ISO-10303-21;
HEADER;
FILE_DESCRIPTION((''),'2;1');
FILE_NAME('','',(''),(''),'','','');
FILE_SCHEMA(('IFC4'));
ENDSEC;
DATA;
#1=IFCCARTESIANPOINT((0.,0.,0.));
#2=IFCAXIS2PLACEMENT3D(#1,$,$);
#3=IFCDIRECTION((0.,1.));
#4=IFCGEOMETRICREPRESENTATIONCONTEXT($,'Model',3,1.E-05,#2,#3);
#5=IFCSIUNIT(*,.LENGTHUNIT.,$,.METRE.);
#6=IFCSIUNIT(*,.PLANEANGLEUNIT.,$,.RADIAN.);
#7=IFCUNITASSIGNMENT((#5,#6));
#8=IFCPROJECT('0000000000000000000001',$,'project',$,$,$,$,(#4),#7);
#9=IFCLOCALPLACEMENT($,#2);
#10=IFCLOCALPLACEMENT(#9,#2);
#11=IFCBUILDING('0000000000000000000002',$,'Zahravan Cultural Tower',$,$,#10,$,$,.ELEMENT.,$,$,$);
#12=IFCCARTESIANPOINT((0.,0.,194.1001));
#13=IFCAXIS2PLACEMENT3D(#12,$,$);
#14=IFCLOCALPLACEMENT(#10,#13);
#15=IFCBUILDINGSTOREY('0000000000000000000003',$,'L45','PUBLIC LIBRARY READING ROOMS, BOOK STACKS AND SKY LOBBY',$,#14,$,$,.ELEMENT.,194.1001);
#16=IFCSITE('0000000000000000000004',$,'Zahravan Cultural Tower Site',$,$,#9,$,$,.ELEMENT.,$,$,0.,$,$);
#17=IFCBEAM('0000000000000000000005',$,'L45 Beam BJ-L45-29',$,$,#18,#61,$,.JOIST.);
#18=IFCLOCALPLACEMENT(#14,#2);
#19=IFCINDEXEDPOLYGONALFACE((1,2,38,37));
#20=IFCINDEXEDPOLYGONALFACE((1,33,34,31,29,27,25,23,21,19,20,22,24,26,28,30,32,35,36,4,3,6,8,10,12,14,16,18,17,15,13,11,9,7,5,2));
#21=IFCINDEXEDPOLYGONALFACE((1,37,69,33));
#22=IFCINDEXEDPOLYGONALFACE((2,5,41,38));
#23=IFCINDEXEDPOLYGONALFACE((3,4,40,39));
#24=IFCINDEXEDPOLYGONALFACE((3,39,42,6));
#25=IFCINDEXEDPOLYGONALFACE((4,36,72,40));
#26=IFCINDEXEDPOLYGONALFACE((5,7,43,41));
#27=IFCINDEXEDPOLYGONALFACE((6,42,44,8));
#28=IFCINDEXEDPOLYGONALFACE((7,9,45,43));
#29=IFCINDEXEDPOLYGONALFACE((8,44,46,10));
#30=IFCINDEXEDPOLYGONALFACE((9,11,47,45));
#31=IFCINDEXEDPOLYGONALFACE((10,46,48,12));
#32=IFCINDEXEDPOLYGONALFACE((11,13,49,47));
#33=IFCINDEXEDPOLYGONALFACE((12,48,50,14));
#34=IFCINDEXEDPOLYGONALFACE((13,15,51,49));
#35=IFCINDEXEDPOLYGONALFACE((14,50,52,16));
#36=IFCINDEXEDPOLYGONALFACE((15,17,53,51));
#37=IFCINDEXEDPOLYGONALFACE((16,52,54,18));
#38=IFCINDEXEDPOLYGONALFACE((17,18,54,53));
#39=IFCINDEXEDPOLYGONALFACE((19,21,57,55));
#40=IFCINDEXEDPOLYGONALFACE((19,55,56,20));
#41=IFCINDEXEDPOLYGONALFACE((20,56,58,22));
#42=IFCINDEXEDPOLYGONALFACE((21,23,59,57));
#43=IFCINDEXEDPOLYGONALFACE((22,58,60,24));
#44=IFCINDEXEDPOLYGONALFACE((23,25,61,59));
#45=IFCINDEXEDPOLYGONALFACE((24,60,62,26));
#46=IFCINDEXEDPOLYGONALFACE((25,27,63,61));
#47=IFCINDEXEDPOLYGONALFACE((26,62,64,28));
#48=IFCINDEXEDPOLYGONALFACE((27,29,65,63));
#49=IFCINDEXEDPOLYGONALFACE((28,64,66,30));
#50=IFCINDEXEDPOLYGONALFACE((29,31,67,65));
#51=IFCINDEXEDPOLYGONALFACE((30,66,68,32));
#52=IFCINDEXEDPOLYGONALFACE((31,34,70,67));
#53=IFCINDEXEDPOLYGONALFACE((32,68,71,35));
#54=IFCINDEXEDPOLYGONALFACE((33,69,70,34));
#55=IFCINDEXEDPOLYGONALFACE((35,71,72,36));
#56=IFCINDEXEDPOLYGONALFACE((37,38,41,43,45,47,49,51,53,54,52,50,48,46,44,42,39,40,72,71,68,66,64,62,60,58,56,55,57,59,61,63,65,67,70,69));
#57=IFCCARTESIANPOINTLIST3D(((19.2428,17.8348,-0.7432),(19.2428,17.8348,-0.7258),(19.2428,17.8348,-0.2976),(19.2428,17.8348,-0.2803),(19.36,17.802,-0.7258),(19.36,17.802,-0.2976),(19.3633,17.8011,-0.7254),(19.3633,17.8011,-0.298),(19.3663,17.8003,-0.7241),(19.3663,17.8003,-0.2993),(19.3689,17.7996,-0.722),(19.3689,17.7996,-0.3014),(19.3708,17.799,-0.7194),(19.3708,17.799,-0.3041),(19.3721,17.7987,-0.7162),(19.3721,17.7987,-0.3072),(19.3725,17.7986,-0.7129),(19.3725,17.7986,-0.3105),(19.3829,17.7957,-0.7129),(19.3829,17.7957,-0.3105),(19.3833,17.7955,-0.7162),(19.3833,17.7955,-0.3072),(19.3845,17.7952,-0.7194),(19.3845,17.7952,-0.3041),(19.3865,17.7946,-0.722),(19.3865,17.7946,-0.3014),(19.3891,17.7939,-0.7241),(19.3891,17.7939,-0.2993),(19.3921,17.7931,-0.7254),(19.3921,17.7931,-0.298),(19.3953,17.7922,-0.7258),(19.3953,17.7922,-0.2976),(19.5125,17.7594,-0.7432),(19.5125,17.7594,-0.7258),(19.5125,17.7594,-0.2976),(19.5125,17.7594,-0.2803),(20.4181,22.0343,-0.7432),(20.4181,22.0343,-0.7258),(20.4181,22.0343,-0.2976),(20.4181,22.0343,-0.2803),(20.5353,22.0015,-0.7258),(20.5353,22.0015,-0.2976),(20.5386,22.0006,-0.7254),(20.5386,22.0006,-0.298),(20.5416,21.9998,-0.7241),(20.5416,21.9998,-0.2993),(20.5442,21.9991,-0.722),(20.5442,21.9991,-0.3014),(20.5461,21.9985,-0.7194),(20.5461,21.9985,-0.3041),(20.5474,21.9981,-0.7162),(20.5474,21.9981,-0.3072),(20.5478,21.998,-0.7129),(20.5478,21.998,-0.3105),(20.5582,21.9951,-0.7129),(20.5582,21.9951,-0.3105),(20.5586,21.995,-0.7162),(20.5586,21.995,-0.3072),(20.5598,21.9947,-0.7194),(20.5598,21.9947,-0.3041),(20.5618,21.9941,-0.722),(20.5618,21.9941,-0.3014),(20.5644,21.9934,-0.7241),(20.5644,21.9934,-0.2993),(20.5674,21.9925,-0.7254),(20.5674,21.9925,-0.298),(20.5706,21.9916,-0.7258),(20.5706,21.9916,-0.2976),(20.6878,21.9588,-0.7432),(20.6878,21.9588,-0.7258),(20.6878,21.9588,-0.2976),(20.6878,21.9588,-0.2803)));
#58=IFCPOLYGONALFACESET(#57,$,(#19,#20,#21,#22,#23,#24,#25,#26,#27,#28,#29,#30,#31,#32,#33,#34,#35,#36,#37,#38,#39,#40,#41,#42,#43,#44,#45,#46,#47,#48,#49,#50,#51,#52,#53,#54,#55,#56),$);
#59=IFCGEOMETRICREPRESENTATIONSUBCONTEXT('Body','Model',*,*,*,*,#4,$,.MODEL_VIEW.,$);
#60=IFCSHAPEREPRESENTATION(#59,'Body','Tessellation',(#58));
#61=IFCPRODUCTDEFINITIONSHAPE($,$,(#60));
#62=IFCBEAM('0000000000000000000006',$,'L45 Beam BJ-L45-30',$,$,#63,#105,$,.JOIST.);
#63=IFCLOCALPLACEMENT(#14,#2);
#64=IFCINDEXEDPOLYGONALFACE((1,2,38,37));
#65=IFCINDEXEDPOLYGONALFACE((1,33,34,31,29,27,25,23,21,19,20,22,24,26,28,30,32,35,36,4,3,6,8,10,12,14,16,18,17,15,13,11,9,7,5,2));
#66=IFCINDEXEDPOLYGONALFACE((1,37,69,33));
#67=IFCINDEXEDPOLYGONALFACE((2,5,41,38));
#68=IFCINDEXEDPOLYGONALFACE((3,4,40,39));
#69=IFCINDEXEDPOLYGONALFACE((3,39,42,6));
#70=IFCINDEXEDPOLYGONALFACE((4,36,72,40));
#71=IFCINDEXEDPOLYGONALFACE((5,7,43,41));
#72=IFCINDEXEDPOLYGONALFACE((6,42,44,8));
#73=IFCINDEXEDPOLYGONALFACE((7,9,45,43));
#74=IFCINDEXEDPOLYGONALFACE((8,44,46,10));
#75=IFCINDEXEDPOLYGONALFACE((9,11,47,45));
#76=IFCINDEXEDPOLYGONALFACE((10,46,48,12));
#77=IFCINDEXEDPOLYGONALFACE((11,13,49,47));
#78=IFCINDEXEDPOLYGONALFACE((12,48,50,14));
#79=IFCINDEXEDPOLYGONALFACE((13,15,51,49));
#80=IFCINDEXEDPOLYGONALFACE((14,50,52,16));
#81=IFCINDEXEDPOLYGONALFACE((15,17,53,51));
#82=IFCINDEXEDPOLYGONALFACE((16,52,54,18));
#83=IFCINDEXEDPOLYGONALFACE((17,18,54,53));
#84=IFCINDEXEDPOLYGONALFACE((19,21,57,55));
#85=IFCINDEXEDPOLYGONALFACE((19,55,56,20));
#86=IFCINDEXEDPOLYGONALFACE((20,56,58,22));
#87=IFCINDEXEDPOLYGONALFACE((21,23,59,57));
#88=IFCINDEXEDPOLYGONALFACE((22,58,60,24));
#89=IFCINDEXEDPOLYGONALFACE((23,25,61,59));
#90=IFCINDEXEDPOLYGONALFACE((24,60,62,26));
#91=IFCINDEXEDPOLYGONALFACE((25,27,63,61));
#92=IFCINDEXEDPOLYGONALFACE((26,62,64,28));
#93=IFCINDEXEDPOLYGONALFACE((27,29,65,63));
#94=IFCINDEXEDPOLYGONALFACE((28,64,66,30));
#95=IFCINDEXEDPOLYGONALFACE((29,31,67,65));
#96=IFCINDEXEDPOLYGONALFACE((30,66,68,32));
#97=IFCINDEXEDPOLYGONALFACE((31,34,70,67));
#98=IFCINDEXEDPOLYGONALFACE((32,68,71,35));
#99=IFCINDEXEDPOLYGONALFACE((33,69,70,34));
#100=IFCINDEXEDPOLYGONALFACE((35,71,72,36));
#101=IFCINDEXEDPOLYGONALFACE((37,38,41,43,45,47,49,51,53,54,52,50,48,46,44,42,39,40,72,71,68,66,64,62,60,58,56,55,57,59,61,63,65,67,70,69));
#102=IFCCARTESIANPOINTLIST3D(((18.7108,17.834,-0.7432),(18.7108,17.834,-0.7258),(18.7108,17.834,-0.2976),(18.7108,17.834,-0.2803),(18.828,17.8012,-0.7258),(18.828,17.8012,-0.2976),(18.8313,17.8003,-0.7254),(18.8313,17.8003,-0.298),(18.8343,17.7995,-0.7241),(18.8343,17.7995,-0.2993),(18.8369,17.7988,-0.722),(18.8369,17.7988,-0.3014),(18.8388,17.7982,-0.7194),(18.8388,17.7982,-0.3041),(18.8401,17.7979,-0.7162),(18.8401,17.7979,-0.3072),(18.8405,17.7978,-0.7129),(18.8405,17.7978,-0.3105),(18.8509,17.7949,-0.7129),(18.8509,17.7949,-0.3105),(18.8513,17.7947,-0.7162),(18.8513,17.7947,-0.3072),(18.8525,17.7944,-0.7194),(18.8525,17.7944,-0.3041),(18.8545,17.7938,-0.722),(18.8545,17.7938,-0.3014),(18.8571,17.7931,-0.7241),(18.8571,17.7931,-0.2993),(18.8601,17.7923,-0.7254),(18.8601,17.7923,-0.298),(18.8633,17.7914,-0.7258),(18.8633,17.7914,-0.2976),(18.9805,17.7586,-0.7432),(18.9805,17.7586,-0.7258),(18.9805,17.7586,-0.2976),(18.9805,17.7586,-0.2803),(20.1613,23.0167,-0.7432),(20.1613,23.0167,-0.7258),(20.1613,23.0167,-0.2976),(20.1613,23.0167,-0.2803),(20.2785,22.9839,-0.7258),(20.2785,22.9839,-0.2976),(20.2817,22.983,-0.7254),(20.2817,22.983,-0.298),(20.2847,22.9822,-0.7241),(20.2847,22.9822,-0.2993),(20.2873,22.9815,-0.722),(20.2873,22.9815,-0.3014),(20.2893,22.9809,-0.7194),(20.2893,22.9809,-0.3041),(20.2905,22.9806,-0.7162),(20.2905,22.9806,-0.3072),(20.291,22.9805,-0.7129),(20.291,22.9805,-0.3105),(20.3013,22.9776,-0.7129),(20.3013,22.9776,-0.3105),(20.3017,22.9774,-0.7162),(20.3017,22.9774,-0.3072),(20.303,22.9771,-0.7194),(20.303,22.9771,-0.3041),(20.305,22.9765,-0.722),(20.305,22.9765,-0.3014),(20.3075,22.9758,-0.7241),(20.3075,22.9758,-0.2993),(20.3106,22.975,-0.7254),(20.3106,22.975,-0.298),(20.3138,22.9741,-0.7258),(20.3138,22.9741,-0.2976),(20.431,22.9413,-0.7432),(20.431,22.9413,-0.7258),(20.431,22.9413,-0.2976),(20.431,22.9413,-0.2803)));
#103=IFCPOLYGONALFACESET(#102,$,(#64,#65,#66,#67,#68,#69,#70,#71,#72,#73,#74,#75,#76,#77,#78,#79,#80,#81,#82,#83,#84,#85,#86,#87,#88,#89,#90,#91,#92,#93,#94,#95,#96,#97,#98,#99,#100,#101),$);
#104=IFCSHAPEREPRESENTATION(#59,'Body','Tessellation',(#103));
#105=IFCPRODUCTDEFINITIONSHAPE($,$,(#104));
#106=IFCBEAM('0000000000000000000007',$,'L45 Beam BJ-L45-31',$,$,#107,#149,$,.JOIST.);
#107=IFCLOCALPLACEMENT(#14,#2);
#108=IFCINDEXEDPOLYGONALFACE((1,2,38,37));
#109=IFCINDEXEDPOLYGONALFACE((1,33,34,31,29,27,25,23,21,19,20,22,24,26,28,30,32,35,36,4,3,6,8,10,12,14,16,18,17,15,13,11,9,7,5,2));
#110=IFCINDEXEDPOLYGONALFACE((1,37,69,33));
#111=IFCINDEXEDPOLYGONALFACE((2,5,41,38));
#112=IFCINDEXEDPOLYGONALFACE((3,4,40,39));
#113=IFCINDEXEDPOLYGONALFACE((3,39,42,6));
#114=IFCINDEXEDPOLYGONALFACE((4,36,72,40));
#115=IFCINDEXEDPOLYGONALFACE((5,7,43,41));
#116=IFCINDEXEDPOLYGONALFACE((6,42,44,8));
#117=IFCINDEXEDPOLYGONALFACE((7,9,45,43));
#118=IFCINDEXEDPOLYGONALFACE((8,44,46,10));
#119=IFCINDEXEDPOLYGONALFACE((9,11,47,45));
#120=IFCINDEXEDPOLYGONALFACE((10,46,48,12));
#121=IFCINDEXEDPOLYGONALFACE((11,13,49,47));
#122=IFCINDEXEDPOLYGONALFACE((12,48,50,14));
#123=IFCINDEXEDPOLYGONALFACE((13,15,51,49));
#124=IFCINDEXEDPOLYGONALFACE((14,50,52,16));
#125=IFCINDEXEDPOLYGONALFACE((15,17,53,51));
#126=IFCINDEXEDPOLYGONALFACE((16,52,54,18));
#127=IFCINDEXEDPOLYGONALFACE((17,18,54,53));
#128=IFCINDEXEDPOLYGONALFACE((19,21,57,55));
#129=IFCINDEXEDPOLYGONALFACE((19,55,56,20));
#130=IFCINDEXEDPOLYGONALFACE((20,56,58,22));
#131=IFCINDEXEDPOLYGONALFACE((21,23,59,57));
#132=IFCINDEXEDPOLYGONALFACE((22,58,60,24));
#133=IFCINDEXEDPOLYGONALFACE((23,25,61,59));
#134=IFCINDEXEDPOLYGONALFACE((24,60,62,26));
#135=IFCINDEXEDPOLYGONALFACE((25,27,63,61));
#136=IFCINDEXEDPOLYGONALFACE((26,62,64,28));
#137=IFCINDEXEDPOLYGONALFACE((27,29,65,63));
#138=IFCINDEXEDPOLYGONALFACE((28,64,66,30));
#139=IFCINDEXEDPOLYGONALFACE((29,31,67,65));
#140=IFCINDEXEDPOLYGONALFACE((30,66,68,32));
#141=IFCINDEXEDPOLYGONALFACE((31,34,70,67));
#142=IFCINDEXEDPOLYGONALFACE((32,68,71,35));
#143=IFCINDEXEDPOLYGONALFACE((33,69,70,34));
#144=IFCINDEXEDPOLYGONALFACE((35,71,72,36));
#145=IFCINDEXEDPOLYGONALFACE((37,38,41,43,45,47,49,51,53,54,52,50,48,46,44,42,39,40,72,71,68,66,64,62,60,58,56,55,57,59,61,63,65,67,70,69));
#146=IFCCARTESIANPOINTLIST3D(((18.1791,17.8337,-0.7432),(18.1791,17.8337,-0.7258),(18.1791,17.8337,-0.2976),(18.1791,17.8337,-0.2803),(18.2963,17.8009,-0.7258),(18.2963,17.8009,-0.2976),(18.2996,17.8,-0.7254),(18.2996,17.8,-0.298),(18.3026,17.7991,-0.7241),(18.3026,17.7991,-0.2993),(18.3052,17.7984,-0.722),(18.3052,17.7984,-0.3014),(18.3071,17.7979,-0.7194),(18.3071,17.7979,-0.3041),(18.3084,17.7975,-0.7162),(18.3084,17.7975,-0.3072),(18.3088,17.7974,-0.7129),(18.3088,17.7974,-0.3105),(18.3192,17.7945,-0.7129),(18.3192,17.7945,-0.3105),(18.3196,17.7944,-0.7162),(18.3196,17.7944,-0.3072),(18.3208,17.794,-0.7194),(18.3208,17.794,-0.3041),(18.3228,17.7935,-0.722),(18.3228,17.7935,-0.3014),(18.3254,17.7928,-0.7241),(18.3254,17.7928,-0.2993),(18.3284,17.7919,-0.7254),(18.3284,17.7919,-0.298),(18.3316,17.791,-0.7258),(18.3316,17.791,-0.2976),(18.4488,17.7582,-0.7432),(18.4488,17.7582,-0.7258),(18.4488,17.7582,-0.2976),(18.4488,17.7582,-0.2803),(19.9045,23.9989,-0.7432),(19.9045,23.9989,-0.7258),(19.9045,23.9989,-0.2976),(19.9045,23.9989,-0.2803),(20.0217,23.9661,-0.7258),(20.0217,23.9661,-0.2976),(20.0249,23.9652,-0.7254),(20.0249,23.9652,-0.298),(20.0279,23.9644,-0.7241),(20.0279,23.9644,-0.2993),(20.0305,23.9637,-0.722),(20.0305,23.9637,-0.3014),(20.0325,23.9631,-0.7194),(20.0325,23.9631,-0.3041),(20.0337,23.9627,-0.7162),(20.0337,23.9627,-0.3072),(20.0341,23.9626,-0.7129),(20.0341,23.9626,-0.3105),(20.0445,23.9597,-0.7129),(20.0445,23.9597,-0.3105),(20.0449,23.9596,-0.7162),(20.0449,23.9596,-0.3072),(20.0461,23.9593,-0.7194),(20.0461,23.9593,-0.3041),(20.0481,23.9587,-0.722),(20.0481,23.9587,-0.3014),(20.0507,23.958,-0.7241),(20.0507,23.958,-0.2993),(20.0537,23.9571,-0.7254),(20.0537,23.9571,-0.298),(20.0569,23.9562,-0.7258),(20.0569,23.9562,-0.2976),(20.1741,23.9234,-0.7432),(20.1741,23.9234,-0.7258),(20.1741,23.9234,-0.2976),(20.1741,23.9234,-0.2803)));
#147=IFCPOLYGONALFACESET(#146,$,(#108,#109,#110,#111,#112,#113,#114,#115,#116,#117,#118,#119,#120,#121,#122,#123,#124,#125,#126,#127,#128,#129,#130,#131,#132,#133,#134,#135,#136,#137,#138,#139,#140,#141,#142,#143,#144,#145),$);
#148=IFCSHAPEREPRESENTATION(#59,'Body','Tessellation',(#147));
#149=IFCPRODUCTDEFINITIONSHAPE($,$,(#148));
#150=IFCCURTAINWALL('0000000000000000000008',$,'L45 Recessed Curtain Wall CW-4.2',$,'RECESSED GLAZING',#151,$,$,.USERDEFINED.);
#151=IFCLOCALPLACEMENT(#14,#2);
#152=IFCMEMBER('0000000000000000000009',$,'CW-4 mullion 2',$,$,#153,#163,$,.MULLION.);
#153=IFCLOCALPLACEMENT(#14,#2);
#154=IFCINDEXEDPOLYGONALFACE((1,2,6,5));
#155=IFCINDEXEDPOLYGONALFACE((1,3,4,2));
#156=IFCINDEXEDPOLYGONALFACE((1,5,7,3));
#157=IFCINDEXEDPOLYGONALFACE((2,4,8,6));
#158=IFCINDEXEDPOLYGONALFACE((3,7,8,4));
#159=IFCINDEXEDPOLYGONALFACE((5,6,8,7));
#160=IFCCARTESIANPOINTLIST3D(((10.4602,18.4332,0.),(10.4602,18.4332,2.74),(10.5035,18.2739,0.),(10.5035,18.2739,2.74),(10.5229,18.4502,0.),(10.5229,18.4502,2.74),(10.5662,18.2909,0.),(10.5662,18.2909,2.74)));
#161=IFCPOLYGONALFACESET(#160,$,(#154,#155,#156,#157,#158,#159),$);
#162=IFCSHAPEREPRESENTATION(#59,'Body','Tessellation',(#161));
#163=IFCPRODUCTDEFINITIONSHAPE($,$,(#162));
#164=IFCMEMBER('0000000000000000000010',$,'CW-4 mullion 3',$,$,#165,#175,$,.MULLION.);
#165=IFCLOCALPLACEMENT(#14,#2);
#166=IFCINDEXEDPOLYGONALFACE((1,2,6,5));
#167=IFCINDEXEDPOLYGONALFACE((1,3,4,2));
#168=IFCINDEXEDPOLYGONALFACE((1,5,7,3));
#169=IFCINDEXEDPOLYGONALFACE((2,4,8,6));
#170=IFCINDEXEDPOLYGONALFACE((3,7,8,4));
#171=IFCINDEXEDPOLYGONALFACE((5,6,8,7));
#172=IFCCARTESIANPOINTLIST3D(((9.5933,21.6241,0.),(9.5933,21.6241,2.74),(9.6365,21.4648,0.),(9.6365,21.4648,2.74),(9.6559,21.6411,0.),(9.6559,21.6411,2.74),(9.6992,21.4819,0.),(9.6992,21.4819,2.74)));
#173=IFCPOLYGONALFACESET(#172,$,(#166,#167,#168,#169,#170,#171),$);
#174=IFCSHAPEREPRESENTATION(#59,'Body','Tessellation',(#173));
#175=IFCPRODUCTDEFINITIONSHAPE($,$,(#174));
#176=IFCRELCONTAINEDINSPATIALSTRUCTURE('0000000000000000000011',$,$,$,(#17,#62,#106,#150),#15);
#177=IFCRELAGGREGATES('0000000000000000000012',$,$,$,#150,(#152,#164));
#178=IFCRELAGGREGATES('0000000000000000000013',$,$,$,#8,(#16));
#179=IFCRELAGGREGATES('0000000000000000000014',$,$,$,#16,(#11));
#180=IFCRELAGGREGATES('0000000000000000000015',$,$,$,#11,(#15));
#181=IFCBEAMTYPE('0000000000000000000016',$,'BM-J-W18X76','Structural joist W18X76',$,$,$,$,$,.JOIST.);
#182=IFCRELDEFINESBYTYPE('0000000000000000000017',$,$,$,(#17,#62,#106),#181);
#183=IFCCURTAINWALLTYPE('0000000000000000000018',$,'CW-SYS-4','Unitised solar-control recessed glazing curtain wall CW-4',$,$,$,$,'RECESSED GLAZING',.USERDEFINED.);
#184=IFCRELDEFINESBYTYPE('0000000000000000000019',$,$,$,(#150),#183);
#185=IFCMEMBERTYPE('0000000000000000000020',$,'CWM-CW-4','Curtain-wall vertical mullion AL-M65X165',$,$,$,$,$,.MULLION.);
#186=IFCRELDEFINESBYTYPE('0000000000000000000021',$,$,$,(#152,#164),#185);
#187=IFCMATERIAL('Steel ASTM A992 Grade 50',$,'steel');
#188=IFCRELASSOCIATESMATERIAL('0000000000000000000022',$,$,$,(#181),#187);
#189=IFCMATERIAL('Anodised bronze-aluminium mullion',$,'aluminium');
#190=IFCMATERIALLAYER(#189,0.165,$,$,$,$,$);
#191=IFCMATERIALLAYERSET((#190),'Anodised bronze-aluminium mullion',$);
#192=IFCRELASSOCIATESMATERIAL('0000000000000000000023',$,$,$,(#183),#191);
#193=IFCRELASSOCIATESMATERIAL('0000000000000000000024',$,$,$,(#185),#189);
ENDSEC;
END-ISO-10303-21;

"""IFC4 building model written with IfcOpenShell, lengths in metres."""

from ifc_helpers import new_model, si_unit, direction, frame, origin, origin_2d, place, context, subcontext, project, spatial, rectangle, i_section, extrude, source, transform, mapped, material, layer, layer_set, material_profile, profile_set, type_object, element, aggregate, save


model = new_model("IFC4")

# Units and contexts
model_context = context("Model", 3, precision=1e-05, world=origin(), true_north=direction((0.0, 1.0)))
body_context = subcontext(model_context, "Body", "Model", "MODEL_VIEW")
ifc_project = project(units=[si_unit("LENGTHUNIT", "METRE"), si_unit("PLANEANGLEUNIT", "RADIAN")], contexts=[model_context])

# Site, building, storey
site_placement = place(None, origin())
site = spatial("IfcSite", under=ifc_project, at=site_placement, Name="Zahravan Cultural Tower Site", CompositionType="ELEMENT", RefElevation=0.0)
building_placement = place(site_placement, origin())
building = spatial("IfcBuilding", under=site, at=building_placement, Name="Zahravan Cultural Tower", CompositionType="ELEMENT")
storey_placement = place(building_placement, frame((0.0, 0.0, 194.1001)))
storey = spatial("IfcBuildingStorey", under=building, at=storey_placement, Name="L45", Description="PUBLIC LIBRARY READING ROOMS, BOOK STACKS AND SKY LOBBY", CompositionType="ELEMENT", Elevation=194.1001)

# Shared definitions
ifc_material_1 = material(Name="Steel ASTM A992 Grade 50", Category="steel")

# Beams
ifc_material_profile_1 = material_profile(ifc_material_1, i_section(OverallWidth=0.28, OverallDepth=0.4629, WebThickness=0.0107, FlangeThickness=0.0173, FilletRadius=0.0129, at=origin_2d()), Name="W18X76")
ifc_profile_set_1 = profile_set([ifc_material_profile_1], Name="Steel ASTM A992 Grade 50")
beam_type = type_object("IfcBeamType", Name="BM-J-W18X76", Description="Structural joist W18X76", PredefinedType="JOIST", material=ifc_profile_set_1)
shared_shape_1 = source(origin(), body_context, "Body", "SweptSolid", [
    extrude(i_section(OverallWidth=0.28, OverallDepth=0.4629, WebThickness=0.0107, FlangeThickness=0.0173, FilletRadius=0.0129, at=origin_2d()), origin(), (0.0, 0.0, 1.0), 4.3608),
])
beam_1_placement = place(storey_placement, frame((20.553, 21.9966, -0.5117), z_axis=(-0.269512, -0.962997, 0.0), x_axis=(0.962997, -0.269512, 0.0)))
element("IfcBeam", 1, at=beam_1_placement, inside=storey, type_object=beam_type, Name="L45 Beam BJ-L45-29", PredefinedType="JOIST", context=body_context, shape_type="MappedRepresentation", body=[
    mapped(shared_shape_1, transform((0.0, 0.0, 0.0), x_axis=(1.0, 0.0, 0.0), y_axis=(0.0, 1.0, 0.0), z_axis=(0.0, 0.0, 1.0), scale=1.0)),
])
shared_shape_2 = source(origin(), body_context, "Body", "SweptSolid", [
    extrude(i_section(OverallWidth=0.28, OverallDepth=0.4629, WebThickness=0.0107, FlangeThickness=0.0173, FilletRadius=0.0129, at=origin_2d()), origin(), (0.0, 0.0, 1.0), 5.3818),
])
beam_2_placement = place(storey_placement, frame((20.2961, 22.979, -0.5117), z_axis=(-0.26951, -0.962997, 0.0), x_axis=(0.962997, -0.26951, 0.0)))
element("IfcBeam", 2, at=beam_2_placement, inside=storey, type_object=beam_type, Name="L45 Beam BJ-L45-30", PredefinedType="JOIST", context=body_context, shape_type="MappedRepresentation", body=[
    mapped(shared_shape_2, transform((0.0, 0.0, 0.0), x_axis=(1.0, 0.0, 0.0), y_axis=(0.0, 1.0, 0.0), z_axis=(0.0, 0.0, 1.0), scale=1.0)),
])
shared_shape_3 = source(origin(), body_context, "Body", "SweptSolid", [
    extrude(i_section(OverallWidth=0.28, OverallDepth=0.4629, WebThickness=0.0107, FlangeThickness=0.0173, FilletRadius=0.0129, at=origin_2d()), origin(), (0.0, 0.0, 1.0), 6.4021),
])
beam_3_placement = place(storey_placement, frame((20.0393, 23.9612, -0.5117), z_axis=(-0.269494, -0.963002, 0.0), x_axis=(0.963002, -0.269494, 0.0)))
element("IfcBeam", 3, at=beam_3_placement, inside=storey, type_object=beam_type, Name="L45 Beam BJ-L45-31", PredefinedType="JOIST", context=body_context, shape_type="MappedRepresentation", body=[
    mapped(shared_shape_3, transform((0.0, 0.0, 0.0), x_axis=(1.0, 0.0, 0.0), y_axis=(0.0, 1.0, 0.0), z_axis=(0.0, 0.0, 1.0), scale=1.0)),
])

# Curtain wall, members
ifc_material_2 = material(Name="Anodised bronze-aluminium mullion", Category="aluminium")
ifc_layer_1 = layer(ifc_material_2, 0.165)
ifc_layer_set_1 = layer_set([ifc_layer_1], Name="Anodised bronze-aluminium mullion")
curtain_wall_type = type_object("IfcCurtainWallType", Name="CW-SYS-4", Description="Unitised solar-control recessed glazing curtain wall CW-4", ElementType="RECESSED GLAZING", PredefinedType="USERDEFINED", material=ifc_layer_set_1)
curtain_wall_placement = place(storey_placement, origin())
curtain_wall = element("IfcCurtainWall", 4, at=curtain_wall_placement, inside=storey, type_object=curtain_wall_type, Name="L45 Recessed Curtain Wall CW-4.2", ObjectType="RECESSED GLAZING", PredefinedType="USERDEFINED")
ifc_material_profile_2 = material_profile(ifc_material_2, rectangle(XDim=0.0649, YDim=0.165, at=origin_2d()), Name="AL-M65X165")
ifc_profile_set_2 = profile_set([ifc_material_profile_2], Name="Anodised bronze-aluminium mullion")
member_type_1 = type_object("IfcMemberType", Name="CWM-CW-4", Description="Curtain-wall vertical mullion AL-M65X165", PredefinedType="MULLION", material=ifc_profile_set_2)
shared_shape_4 = source(origin(), body_context, "Body", "SweptSolid", [
    extrude(rectangle(XDim=0.0649, YDim=0.165, at=origin_2d()), origin(), (0.0, 0.0, 1.0), 2.74),
])
member_1_placement = place(storey_placement, frame((10.5132, 18.3621, 0.0), z_axis=(0.0, 0.0, 1.0), x_axis=(-0.965017, -0.262187, 0.0)))
member_1 = element("IfcMember", 5, at=member_1_placement, type_object=member_type_1, Name="CW-4 mullion 2", PredefinedType="MULLION", context=body_context, shape_type="MappedRepresentation", body=[
    mapped(shared_shape_4, transform((0.0, 0.0, 0.0), x_axis=(1.0, 0.0, 0.0), y_axis=(0.0, 1.0, 0.0), z_axis=(0.0, 0.0, 1.0), scale=1.0)),
])
member_2_placement = place(storey_placement, frame((9.6462, 21.553, 0.0), z_axis=(0.0, 0.0, 1.0), x_axis=(-0.965017, -0.262187, 0.0)))
member_2 = element("IfcMember", 6, at=member_2_placement, type_object=member_type_1, Name="CW-4 mullion 3", PredefinedType="MULLION", context=body_context, shape_type="MappedRepresentation", body=[
    mapped(shared_shape_4, transform((0.0, 0.0, 0.0), x_axis=(1.0, 0.0, 0.0), y_axis=(0.0, 1.0, 0.0), z_axis=(0.0, 0.0, 1.0), scale=1.0)),
])
aggregate(curtain_wall, [member_1, member_2])

save(model, "model.ifc")
